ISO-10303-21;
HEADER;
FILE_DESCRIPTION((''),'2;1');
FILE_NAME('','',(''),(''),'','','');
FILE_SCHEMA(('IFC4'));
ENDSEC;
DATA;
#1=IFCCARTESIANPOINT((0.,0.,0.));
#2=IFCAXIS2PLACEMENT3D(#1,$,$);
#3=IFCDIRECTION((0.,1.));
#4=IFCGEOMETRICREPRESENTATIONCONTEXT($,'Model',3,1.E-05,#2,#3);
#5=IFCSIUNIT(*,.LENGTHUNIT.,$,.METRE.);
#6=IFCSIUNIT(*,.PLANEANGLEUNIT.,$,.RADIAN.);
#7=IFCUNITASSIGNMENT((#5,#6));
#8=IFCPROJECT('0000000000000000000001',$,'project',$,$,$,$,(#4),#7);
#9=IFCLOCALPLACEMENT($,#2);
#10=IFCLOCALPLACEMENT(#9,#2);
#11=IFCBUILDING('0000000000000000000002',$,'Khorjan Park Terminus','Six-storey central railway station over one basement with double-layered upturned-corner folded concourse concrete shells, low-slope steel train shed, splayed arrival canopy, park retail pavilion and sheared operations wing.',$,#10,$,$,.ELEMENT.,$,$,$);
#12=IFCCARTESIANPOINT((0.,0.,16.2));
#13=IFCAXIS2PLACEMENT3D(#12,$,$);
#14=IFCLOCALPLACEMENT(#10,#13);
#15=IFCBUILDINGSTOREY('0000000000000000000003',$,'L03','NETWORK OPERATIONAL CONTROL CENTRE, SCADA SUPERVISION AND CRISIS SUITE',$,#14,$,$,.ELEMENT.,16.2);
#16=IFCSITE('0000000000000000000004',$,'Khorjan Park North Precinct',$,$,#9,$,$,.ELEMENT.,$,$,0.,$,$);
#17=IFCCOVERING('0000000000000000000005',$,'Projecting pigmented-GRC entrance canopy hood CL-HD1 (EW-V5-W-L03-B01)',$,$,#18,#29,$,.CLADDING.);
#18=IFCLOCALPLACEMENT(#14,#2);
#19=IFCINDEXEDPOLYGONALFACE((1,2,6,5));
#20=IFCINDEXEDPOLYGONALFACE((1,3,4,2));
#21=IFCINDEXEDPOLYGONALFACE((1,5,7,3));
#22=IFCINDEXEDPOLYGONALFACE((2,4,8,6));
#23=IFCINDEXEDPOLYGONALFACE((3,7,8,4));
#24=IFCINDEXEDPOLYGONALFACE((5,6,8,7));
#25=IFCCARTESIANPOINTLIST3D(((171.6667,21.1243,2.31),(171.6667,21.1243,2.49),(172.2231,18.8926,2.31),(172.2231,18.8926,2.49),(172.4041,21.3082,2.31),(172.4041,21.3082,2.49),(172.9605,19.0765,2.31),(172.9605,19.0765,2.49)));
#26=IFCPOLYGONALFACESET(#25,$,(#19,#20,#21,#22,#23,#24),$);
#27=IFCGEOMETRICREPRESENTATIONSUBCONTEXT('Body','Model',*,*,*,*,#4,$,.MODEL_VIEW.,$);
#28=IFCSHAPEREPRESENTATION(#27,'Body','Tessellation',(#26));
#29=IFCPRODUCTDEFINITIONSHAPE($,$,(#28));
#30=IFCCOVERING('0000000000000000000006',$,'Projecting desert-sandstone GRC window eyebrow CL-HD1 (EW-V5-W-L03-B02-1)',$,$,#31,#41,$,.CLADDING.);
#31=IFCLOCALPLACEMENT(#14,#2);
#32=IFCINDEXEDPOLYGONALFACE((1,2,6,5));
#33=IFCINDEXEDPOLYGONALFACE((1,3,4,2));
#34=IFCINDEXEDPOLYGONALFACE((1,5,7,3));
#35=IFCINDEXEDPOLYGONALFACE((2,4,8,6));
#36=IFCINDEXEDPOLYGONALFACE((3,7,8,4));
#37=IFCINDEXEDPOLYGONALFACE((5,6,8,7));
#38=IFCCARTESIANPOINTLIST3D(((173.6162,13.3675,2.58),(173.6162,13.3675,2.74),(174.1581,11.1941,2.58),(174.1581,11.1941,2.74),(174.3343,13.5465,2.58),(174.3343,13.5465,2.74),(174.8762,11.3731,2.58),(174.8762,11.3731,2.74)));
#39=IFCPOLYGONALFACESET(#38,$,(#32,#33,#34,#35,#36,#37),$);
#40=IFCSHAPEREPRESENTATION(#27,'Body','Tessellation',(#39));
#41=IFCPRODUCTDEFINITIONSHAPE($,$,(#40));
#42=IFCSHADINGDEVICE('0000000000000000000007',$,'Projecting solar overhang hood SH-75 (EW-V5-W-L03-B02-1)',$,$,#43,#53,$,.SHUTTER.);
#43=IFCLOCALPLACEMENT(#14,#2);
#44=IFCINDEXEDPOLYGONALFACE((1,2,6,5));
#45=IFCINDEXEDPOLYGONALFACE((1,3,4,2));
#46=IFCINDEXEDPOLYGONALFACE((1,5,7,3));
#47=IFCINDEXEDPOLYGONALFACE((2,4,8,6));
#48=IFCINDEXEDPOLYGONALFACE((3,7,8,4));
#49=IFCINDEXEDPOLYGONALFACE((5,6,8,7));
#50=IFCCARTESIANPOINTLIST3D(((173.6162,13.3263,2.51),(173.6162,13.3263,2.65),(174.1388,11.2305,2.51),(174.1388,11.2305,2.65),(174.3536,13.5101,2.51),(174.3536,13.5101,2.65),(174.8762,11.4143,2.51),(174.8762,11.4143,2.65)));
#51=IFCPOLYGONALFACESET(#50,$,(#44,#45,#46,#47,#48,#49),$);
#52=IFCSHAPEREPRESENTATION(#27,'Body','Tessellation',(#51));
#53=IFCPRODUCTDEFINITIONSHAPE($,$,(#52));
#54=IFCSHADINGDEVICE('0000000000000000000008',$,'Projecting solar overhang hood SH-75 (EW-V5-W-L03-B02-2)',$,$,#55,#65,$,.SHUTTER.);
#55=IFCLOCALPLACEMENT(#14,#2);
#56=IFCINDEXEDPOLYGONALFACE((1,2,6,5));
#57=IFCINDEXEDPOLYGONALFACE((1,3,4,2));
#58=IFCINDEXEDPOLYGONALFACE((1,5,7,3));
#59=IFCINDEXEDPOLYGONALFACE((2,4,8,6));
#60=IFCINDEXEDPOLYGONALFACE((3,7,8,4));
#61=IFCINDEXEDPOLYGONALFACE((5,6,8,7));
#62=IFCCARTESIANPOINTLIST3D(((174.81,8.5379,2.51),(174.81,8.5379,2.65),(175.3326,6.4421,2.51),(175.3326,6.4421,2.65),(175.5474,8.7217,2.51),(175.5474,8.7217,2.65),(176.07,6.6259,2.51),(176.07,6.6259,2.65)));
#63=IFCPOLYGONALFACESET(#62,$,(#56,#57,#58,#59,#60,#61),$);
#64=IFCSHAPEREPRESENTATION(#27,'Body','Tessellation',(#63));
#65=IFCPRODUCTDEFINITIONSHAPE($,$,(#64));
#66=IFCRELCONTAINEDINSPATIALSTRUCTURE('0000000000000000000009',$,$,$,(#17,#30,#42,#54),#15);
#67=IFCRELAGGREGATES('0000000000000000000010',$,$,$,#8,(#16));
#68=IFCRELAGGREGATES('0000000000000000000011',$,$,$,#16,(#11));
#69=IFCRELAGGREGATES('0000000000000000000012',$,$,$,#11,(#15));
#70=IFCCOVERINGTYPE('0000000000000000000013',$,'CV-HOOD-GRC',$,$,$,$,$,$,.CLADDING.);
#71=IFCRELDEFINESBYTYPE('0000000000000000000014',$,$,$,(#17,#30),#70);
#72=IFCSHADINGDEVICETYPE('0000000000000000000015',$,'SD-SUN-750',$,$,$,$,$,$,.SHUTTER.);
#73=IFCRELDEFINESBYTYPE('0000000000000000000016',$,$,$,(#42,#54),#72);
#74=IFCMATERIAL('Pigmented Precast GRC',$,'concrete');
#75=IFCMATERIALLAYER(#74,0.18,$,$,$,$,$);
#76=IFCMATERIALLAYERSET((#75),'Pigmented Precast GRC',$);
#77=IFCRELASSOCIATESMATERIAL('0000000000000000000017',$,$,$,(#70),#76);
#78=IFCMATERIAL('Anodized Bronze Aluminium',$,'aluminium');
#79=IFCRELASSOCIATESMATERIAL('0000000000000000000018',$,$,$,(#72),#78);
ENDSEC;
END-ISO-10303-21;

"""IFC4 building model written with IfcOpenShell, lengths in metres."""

from ifc_helpers import new_model, si_unit, direction, frame, origin, origin_2d, place, context, subcontext, project, spatial, rectangle, extrude, material, layer, layer_set, type_object, element, save


model = new_model("IFC4")

# Units and contexts
model_context = context("Model", 3, precision=1e-05, world=origin(), true_north=direction((0.0, 1.0)))
body_context = subcontext(model_context, "Body", "Model", "MODEL_VIEW")
ifc_project = project(units=[si_unit("LENGTHUNIT", "METRE"), si_unit("PLANEANGLEUNIT", "RADIAN")], contexts=[model_context])

# Site, building, storey
site_placement = place(None, origin())
site = spatial("IfcSite", under=ifc_project, at=site_placement, Name="Khorjan Park North Precinct", CompositionType="ELEMENT", RefElevation=0.0)
building_placement = place(site_placement, origin())
building = spatial("IfcBuilding", under=site, at=building_placement, Name="Khorjan Park Terminus", Description="Six-storey central railway station over one basement with double-layered upturned-corner folded concourse concrete shells, low-slope steel train shed, splayed arrival canopy, park retail pavilion and sheared operations wing.", CompositionType="ELEMENT")
storey_placement = place(building_placement, frame((0.0, 0.0, 16.2)))
storey = spatial("IfcBuildingStorey", under=building, at=storey_placement, Name="L03", Description="NETWORK OPERATIONAL CONTROL CENTRE, SCADA SUPERVISION AND CRISIS SUITE", CompositionType="ELEMENT", Elevation=16.2)

# Coverings
ifc_material_1 = material(Name="Pigmented Precast GRC", Category="concrete")
ifc_layer_1 = layer(ifc_material_1, 0.18)
ifc_layer_set_1 = layer_set([ifc_layer_1], Name="Pigmented Precast GRC")
covering_type = type_object("IfcCoveringType", Name="CV-HOOD-GRC", PredefinedType="CLADDING", material=ifc_layer_set_1)
covering_1_placement = place(storey_placement, frame((172.3136, 20.1004, 2.31), z_axis=(0.0, 0.0, 1.0), x_axis=(0.241919, -0.970297, 0.0)))
element("IfcCovering", 1, at=covering_1_placement, inside=storey, type_object=covering_type, Name="Projecting pigmented-GRC entrance canopy hood CL-HD1 (EW-V5-W-L03-B01)", PredefinedType="CLADDING", context=body_context, shape_type="SweptSolid", body=[
    extrude(rectangle(XDim=2.3, YDim=0.76, at=origin_2d()), origin(), (0.0, 0.0, 1.0), 0.18),
])
covering_2_placement = place(storey_placement, frame((174.2462, 12.3703, 2.58), z_axis=(0.0, 0.0, 1.0), x_axis=(0.241921, -0.970296, 0.0)))
element("IfcCovering", 2, at=covering_2_placement, inside=storey, type_object=covering_type, Name="Projecting desert-sandstone GRC window eyebrow CL-HD1 (EW-V5-W-L03-B02-1)", PredefinedType="CLADDING", context=body_context, shape_type="SweptSolid", body=[
    extrude(rectangle(XDim=2.24, YDim=0.74, at=origin_2d()), origin(), (0.0, 0.0, 1.0), 0.16),
])

# Shading devices
ifc_material_2 = material(Name="Anodized Bronze Aluminium", Category="aluminium")
shading_device_type = type_object("IfcShadingDeviceType", Name="SD-SUN-750", PredefinedType="SHUTTER", material=ifc_material_2)
for number, where, z_axis, x_axis, name in (
    (3, (174.2462, 12.3703, 2.51), (0.0, 0.0, 1.0), (0.241921, -0.970296, 0.0), "Projecting solar overhang hood SH-75 (EW-V5-W-L03-B02-1)"),
    (4, (175.44, 7.5819, 2.51), (0.0, 0.0, 1.0), (0.241921, -0.970296, 0.0), "Projecting solar overhang hood SH-75 (EW-V5-W-L03-B02-2)"),
):
    element("IfcShadingDevice", number, at=place(storey_placement, frame(where, z_axis=z_axis, x_axis=x_axis)), inside=storey, type_object=shading_device_type, Name=name, PredefinedType="SHUTTER", context=body_context, shape_type="SweptSolid", body=[
        extrude(rectangle(XDim=2.16, YDim=0.76, at=origin_2d()), origin(), (0.0, 0.0, 1.0), 0.14),
    ])

save(model, "model.ifc")
